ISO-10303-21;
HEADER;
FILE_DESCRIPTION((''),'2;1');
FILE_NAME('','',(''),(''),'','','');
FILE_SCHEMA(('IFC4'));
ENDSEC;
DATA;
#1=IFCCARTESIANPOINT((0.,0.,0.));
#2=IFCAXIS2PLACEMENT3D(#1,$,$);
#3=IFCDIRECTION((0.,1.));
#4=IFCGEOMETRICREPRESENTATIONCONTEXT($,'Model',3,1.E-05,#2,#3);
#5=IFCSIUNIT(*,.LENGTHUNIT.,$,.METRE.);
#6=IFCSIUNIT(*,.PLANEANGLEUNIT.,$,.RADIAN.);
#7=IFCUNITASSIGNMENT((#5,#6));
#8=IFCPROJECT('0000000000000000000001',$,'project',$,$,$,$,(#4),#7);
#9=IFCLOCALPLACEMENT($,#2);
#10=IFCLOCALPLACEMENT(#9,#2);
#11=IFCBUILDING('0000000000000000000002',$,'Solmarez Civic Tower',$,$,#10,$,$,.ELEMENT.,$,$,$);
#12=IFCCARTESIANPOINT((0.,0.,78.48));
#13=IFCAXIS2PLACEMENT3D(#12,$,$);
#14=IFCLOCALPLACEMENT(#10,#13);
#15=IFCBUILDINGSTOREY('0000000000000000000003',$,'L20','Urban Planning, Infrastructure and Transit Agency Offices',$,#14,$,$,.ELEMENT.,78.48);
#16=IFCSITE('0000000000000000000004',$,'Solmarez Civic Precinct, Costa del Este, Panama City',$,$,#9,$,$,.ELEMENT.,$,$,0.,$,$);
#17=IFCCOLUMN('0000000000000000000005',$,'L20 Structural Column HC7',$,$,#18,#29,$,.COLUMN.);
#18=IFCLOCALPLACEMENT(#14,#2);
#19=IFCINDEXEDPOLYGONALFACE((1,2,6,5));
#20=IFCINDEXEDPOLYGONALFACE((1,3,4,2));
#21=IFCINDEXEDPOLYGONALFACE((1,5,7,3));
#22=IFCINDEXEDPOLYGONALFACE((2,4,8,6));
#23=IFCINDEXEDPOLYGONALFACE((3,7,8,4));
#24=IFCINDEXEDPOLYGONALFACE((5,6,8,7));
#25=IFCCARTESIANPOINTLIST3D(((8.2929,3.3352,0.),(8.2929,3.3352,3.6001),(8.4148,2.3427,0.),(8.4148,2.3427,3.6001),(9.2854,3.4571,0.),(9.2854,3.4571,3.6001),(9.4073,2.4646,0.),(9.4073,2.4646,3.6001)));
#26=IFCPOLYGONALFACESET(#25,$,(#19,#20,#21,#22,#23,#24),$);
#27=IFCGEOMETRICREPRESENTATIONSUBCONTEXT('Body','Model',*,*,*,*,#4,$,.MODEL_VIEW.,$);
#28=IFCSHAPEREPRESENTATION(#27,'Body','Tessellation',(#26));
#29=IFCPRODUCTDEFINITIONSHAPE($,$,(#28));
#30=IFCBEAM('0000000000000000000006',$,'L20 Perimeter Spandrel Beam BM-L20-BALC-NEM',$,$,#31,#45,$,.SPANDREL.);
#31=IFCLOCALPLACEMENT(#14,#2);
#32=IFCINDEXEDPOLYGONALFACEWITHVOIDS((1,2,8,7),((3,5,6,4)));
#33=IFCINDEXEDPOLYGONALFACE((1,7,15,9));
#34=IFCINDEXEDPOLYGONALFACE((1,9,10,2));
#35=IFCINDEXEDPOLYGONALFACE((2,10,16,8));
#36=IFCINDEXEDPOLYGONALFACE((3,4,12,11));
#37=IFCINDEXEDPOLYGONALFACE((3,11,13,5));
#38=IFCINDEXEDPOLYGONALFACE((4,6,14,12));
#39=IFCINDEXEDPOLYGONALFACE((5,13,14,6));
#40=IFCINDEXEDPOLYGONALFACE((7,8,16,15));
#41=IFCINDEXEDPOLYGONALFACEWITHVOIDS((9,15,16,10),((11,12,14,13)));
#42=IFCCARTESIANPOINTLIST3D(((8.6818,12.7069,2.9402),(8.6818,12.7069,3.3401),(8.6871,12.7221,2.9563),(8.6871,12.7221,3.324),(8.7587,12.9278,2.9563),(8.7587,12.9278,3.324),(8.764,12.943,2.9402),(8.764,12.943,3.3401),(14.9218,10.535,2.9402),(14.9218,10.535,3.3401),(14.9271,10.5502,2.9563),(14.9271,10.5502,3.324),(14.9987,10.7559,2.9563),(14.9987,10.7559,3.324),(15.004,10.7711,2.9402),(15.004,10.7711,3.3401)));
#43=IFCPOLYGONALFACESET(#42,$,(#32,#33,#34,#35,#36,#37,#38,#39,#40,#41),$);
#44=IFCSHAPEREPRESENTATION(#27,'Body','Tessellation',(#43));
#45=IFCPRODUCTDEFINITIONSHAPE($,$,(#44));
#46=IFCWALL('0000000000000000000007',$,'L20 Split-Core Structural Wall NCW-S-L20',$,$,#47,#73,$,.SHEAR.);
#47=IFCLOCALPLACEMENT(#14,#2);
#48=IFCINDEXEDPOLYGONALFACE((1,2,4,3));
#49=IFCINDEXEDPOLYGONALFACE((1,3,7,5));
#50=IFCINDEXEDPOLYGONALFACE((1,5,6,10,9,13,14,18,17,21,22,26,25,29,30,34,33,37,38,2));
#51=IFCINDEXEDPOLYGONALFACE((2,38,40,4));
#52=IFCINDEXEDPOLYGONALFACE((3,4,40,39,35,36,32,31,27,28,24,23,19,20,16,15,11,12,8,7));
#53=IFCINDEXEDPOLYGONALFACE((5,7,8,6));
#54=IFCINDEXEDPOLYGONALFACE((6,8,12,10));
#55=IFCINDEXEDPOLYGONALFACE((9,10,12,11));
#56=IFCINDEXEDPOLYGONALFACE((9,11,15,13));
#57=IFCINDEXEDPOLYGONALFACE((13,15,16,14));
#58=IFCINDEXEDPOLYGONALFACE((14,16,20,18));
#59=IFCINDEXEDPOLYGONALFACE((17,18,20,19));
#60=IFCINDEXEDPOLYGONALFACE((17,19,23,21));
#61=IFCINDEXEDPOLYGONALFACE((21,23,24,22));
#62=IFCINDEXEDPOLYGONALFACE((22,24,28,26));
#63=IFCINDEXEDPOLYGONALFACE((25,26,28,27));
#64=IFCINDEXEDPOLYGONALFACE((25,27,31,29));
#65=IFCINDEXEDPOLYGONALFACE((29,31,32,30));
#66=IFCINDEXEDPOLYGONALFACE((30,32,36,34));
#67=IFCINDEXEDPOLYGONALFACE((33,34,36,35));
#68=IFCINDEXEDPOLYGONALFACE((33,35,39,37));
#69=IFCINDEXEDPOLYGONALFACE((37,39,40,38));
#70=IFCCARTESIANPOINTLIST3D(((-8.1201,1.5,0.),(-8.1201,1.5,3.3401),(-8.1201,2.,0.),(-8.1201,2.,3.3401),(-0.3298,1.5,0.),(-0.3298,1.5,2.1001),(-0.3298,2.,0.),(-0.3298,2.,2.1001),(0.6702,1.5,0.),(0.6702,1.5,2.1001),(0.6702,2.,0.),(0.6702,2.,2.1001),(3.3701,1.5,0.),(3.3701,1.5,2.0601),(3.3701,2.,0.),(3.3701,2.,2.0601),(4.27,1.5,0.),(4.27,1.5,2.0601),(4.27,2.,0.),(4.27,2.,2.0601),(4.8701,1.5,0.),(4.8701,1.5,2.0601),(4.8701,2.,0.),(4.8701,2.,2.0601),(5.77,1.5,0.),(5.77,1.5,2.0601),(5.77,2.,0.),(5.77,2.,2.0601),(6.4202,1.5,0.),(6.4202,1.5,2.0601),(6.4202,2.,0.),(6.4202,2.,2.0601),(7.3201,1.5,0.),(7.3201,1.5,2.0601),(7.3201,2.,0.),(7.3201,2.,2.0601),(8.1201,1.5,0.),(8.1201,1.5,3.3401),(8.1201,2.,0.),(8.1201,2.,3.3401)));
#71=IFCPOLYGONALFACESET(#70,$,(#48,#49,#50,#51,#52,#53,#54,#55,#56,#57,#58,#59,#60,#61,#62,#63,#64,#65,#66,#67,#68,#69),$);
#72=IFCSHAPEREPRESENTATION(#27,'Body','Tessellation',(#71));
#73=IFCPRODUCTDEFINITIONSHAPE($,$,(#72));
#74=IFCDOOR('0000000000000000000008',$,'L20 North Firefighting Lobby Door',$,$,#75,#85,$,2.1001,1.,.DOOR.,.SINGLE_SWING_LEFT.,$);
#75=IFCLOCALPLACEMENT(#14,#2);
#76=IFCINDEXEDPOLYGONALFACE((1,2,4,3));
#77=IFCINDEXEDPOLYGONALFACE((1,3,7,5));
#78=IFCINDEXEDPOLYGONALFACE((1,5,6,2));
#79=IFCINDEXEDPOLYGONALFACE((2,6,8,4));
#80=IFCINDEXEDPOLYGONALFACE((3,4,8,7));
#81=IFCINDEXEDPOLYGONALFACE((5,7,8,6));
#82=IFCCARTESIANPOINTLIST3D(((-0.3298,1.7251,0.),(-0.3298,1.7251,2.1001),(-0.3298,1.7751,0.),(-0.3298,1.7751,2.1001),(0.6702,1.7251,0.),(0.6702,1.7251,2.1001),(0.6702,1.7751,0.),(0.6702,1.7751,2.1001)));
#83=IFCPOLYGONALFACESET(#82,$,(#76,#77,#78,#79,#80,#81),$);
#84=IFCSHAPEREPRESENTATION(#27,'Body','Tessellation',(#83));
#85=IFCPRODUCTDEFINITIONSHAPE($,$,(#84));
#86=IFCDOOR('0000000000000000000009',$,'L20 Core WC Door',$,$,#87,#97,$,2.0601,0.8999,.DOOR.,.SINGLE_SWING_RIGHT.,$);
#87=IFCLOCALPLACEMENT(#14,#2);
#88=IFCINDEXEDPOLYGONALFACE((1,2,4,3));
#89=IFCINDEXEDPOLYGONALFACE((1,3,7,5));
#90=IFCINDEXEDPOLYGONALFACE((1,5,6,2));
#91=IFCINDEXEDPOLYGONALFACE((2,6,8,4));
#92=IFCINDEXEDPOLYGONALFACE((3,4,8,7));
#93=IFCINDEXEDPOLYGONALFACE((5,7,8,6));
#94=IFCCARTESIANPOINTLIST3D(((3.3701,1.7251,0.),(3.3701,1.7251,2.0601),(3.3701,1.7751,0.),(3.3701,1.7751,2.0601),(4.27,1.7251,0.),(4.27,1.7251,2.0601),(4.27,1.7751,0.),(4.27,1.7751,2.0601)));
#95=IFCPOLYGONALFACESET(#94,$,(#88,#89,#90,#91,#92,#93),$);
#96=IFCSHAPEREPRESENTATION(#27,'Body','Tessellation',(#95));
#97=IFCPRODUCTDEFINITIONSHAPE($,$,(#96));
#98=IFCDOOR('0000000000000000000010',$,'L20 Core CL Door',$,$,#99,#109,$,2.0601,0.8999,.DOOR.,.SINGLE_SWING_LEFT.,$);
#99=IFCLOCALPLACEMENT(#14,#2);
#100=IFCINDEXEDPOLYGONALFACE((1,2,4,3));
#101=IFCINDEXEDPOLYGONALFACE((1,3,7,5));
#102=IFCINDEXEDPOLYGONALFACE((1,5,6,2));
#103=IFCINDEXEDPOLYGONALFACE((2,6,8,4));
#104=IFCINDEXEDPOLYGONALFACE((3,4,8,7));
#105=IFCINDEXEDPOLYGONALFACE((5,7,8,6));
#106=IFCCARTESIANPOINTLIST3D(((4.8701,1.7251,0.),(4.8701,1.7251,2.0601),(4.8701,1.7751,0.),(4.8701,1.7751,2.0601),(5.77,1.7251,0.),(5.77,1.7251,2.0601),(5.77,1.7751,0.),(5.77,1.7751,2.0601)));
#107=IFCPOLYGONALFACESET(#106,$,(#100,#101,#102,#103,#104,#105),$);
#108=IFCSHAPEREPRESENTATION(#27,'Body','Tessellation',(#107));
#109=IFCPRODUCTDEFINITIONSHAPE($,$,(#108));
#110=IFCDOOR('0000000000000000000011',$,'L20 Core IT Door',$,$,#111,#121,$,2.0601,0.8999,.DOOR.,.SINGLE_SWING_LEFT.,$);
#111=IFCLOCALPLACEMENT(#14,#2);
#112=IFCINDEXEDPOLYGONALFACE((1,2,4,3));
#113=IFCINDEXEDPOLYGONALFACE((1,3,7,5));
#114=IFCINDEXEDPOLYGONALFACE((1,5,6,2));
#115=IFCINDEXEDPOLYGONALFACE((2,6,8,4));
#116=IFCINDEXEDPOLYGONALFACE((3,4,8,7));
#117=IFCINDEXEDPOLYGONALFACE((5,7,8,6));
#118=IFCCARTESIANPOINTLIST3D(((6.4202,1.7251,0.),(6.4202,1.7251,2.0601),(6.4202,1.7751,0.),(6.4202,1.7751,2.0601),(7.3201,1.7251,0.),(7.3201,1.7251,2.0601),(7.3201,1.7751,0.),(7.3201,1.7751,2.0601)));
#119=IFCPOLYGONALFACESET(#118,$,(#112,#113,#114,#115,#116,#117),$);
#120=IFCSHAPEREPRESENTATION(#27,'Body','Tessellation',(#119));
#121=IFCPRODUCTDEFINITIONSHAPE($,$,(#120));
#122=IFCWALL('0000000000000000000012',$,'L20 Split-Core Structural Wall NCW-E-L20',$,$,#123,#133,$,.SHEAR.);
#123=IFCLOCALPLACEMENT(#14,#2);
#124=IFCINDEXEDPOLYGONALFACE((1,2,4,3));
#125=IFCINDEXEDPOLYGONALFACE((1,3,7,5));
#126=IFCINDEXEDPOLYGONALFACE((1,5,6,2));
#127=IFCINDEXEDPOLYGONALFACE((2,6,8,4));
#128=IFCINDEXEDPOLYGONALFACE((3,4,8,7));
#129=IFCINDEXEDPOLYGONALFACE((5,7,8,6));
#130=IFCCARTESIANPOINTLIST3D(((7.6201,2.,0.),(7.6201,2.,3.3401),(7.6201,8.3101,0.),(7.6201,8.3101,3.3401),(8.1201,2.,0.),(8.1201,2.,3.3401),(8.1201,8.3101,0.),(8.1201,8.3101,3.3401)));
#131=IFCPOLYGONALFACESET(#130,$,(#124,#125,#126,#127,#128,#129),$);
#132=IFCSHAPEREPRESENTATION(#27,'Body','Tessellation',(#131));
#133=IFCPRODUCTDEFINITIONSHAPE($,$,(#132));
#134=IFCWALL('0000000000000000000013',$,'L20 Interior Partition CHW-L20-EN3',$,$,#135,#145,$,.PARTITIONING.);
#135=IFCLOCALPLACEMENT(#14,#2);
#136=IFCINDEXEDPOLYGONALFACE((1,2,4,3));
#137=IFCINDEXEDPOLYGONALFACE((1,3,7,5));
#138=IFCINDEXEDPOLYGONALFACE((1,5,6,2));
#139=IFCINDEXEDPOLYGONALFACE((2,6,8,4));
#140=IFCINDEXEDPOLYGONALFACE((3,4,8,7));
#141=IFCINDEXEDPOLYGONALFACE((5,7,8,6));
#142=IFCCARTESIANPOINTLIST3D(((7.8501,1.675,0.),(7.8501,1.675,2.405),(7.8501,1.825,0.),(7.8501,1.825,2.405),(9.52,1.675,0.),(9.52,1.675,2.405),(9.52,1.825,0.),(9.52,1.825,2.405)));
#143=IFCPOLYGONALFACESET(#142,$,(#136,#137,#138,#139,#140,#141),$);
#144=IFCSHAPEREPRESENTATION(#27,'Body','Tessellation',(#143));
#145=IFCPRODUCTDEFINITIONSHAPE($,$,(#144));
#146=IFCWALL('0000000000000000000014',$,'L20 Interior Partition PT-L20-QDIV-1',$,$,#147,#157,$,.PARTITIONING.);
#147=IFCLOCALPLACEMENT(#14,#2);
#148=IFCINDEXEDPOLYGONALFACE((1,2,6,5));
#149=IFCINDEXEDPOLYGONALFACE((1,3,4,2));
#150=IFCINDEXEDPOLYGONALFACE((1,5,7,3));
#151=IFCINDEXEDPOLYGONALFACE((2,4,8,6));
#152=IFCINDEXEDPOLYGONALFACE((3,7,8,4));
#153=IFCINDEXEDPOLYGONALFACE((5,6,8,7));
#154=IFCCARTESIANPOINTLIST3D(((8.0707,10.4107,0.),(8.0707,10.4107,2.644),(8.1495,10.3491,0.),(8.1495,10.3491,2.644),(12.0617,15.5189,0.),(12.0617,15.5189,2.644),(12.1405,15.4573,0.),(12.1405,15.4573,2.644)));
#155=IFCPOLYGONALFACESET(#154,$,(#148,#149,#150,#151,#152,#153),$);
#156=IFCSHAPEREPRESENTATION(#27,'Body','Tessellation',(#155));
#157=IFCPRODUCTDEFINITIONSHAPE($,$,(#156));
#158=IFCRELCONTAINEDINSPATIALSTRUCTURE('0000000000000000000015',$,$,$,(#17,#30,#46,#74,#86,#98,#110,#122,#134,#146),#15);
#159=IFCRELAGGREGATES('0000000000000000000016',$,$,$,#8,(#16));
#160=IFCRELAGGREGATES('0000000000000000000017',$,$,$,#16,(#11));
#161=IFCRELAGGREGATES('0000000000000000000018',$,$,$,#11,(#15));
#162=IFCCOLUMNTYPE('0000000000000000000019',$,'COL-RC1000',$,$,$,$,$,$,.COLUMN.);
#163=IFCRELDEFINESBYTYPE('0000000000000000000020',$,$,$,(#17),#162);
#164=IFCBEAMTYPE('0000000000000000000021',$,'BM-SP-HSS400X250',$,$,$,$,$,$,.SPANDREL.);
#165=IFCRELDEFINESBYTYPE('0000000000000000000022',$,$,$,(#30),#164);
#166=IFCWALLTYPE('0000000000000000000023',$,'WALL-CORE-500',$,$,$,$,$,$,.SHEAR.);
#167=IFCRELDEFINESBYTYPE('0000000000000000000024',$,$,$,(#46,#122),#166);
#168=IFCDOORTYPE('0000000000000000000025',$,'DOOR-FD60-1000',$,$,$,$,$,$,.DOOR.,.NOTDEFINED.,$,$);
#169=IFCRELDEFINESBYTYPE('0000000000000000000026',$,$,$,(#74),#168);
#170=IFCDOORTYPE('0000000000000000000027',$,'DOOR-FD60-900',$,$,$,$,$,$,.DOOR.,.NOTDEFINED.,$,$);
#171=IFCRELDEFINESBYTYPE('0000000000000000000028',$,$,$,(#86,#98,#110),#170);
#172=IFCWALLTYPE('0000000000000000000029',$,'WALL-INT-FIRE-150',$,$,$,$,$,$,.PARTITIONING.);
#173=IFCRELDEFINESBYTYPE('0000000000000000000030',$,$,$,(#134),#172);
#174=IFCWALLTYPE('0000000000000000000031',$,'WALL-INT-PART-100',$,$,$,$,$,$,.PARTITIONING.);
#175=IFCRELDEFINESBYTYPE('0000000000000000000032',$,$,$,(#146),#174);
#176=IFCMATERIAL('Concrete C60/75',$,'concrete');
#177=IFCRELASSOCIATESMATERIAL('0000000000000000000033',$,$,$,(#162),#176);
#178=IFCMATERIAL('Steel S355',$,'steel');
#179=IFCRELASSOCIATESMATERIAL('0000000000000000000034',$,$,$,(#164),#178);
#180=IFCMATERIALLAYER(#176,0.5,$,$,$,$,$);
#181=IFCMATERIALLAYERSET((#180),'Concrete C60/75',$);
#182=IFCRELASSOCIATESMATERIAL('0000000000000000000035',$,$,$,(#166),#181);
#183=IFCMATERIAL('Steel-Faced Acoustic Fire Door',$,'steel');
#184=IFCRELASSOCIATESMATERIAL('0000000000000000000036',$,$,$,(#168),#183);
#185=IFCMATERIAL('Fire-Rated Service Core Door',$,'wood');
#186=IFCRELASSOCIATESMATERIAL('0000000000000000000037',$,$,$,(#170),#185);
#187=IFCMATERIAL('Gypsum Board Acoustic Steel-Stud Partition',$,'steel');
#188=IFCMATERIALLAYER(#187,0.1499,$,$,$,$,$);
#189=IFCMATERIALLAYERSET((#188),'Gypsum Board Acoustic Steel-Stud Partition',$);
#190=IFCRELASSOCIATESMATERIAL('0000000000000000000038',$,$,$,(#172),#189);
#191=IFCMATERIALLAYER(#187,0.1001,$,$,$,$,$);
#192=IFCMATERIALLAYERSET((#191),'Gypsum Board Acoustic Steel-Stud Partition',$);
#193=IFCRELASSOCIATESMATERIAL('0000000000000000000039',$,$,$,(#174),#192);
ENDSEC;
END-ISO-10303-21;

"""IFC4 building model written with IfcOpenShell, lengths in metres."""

from ifc_helpers import new_model, si_unit, direction, frame, frame_2d, origin, origin_2d, place, context, subcontext, project, spatial, rectangle, hollow_rectangle, extrude, material, layer, layer_set, material_profile, profile_set, type_object, element, fill, save


model = new_model("IFC4")

# Units and contexts
model_context = context("Model", 3, precision=1e-05, world=origin(), true_north=direction((0.0, 1.0)))
body_context = subcontext(model_context, "Body", "Model", "MODEL_VIEW")
ifc_project = project(units=[si_unit("LENGTHUNIT", "METRE"), si_unit("PLANEANGLEUNIT", "RADIAN")], contexts=[model_context])

# Site, building, storey
site_placement = place(None, origin())
site = spatial("IfcSite", under=ifc_project, at=site_placement, Name="Solmarez Civic Precinct, Costa del Este, Panama City", CompositionType="ELEMENT", RefElevation=0.0)
building_placement = place(site_placement, origin())
building = spatial("IfcBuilding", under=site, at=building_placement, Name="Solmarez Civic Tower", CompositionType="ELEMENT")
storey_placement = place(building_placement, frame((0.0, 0.0, 78.48)))
storey = spatial("IfcBuildingStorey", under=building, at=storey_placement, Name="L20", Description="Urban Planning, Infrastructure and Transit Agency Offices", CompositionType="ELEMENT", Elevation=78.48)

# Column
ifc_material_1 = material(Name="Concrete C60/75", Category="concrete")
ifc_material_profile_1 = material_profile(ifc_material_1, rectangle(XDim=1.0, YDim=1.0, at=origin_2d()), Name="RC1000X1000")
ifc_profile_set_1 = profile_set([ifc_material_profile_1], Name="Concrete C60/75")
column_type = type_object("IfcColumnType", Name="COL-RC1000", PredefinedType="COLUMN", material=ifc_profile_set_1)
column_placement = place(storey_placement, frame((8.8501, 2.8999, 0.0), z_axis=(0.0, 0.0, 1.0), x_axis=(0.992546, 0.121869, 0.0)))
element("IfcColumn", 1, at=column_placement, inside=storey, type_object=column_type, Name="L20 Structural Column HC7", PredefinedType="COLUMN", context=body_context, shape_type="SweptSolid", body=[
    extrude(rectangle(XDim=1.0, YDim=1.0, at=origin_2d()), origin(), (0.0, 0.0, 1.0), 3.6001),
])

# Beam
ifc_material_2 = material(Name="Steel S355", Category="steel")
ifc_material_profile_2 = material_profile(ifc_material_2, hollow_rectangle(XDim=0.25, YDim=0.3999, WallThickness=0.0161, at=origin_2d()), Name="HSS400X250X16")
ifc_profile_set_2 = profile_set([ifc_material_profile_2], Name="Steel S355")
beam_type = type_object("IfcBeamType", Name="BM-SP-HSS400X250", PredefinedType="SPANDREL", material=ifc_profile_set_2)
beam_placement = place(storey_placement, frame((8.7229, 12.825, 3.1401), z_axis=(0.944429, -0.328716, 0.0), x_axis=(0.328716, 0.944429, 0.0)))
element("IfcBeam", 2, at=beam_placement, inside=storey, type_object=beam_type, Name="L20 Perimeter Spandrel Beam BM-L20-BALC-NEM", PredefinedType="SPANDREL", context=body_context, shape_type="SweptSolid", body=[
    extrude(hollow_rectangle(XDim=0.25, YDim=0.3999, WallThickness=0.0161, at=origin_2d()), origin(), (0.0, 0.0, 1.0), 6.6072),
])

# Wall, openings, doors
ifc_layer_1 = layer(ifc_material_1, 0.5)
ifc_layer_set_1 = layer_set([ifc_layer_1], Name="Concrete C60/75")
wall_type_1 = type_object("IfcWallType", Name="WALL-CORE-500", PredefinedType="SHEAR", material=ifc_layer_set_1)
wall_1_placement = place(storey_placement, frame((8.1201, 1.75, 0.0), z_axis=(0.0, 0.0, 1.0), x_axis=(-1.0, 0.0, 0.0)))
wall_1 = element("IfcWall", 3, at=wall_1_placement, inside=storey, type_object=wall_type_1, Name="L20 Split-Core Structural Wall NCW-S-L20", PredefinedType="SHEAR", context=body_context, shape_type="SweptSolid", body=[
    extrude(rectangle(XDim=16.2402, YDim=0.5, at=frame_2d((8.1201, 0.0))), origin(), (0.0, 0.0, 1.0), 3.3401),
])
opening_1_placement = place(wall_1_placement, frame((7.45, 0.0, 0.0)))
opening_1 = element("IfcOpeningElement", 4, at=opening_1_placement, cuts=wall_1, PredefinedType="OPENING", context=body_context, shape_type="SweptSolid", body=[
    extrude(rectangle(XDim=1.0, YDim=2.1001, at=frame_2d((0.5, 1.05))), frame((0.0, 0.26, 0.0), z_axis=(0.0, -1.0, 0.0), x_axis=(1.0, 0.0, 0.0)), (0.0, 0.0, 1.0), 0.52),
])
opening_2_placement = place(wall_1_placement, frame((3.8501, 0.0, 0.0)))
opening_2 = element("IfcOpeningElement", 5, at=opening_2_placement, cuts=wall_1, PredefinedType="OPENING", context=body_context, shape_type="SweptSolid", body=[
    extrude(rectangle(XDim=0.8999, YDim=2.0601, at=frame_2d((0.45, 1.03))), frame((0.0, 0.26, 0.0), z_axis=(0.0, -1.0, 0.0), x_axis=(1.0, 0.0, 0.0)), (0.0, 0.0, 1.0), 0.52),
])
opening_3_placement = place(wall_1_placement, frame((2.3501, 0.0, 0.0)))
opening_3 = element("IfcOpeningElement", 6, at=opening_3_placement, cuts=wall_1, PredefinedType="OPENING", context=body_context, shape_type="SweptSolid", body=[
    extrude(rectangle(XDim=0.8999, YDim=2.0601, at=frame_2d((0.45, 1.03))), frame((0.0, 0.26, 0.0), z_axis=(0.0, -1.0, 0.0), x_axis=(1.0, 0.0, 0.0)), (0.0, 0.0, 1.0), 0.52),
])
opening_4_placement = place(wall_1_placement, frame((0.8, 0.0, 0.0)))
opening_4 = element("IfcOpeningElement", 7, at=opening_4_placement, cuts=wall_1, PredefinedType="OPENING", context=body_context, shape_type="SweptSolid", body=[
    extrude(rectangle(XDim=0.8999, YDim=2.0601, at=frame_2d((0.45, 1.03))), frame((0.0, 0.26, 0.0), z_axis=(0.0, -1.0, 0.0), x_axis=(1.0, 0.0, 0.0)), (0.0, 0.0, 1.0), 0.52),
])
ifc_material_3 = material(Name="Steel-Faced Acoustic Fire Door", Category="steel")
door_type_1 = type_object("IfcDoorType", Name="DOOR-FD60-1000", OperationType="NOTDEFINED", PredefinedType="DOOR", material=ifc_material_3)
door_1_placement = place(opening_1_placement, origin())
door_1 = element("IfcDoor", 8, at=door_1_placement, inside=storey, type_object=door_type_1, Name="L20 North Firefighting Lobby Door", OperationType="SINGLE_SWING_LEFT", OverallHeight=2.1001, OverallWidth=1.0, PredefinedType="DOOR", context=body_context, shape_type="SweptSolid", body=[
    extrude(rectangle(XDim=1.0, YDim=2.1001, at=frame_2d((0.5, 1.05))), frame((0.0, 0.0249, 0.0), z_axis=(0.0, -1.0, 0.0), x_axis=(1.0, 0.0, 0.0)), (0.0, 0.0, 1.0), 0.05),
])
fill(opening_1, door_1)
ifc_material_4 = material(Name="Fire-Rated Service Core Door", Category="wood")
door_type_2 = type_object("IfcDoorType", Name="DOOR-FD60-900", OperationType="NOTDEFINED", PredefinedType="DOOR", material=ifc_material_4)
door_2_placement = place(opening_2_placement, origin())
door_2 = element("IfcDoor", 9, at=door_2_placement, inside=storey, type_object=door_type_2, Name="L20 Core WC Door", OperationType="SINGLE_SWING_RIGHT", OverallHeight=2.0601, OverallWidth=0.8999, PredefinedType="DOOR", context=body_context, shape_type="SweptSolid", body=[
    extrude(rectangle(XDim=0.8999, YDim=2.0601, at=frame_2d((0.45, 1.03))), frame((0.0, 0.0249, 0.0), z_axis=(0.0, -1.0, 0.0), x_axis=(1.0, 0.0, 0.0)), (0.0, 0.0, 1.0), 0.05),
])
fill(opening_2, door_2)
door_3_placement = place(opening_3_placement, origin())
door_3 = element("IfcDoor", 10, at=door_3_placement, inside=storey, type_object=door_type_2, Name="L20 Core CL Door", OperationType="SINGLE_SWING_LEFT", OverallHeight=2.0601, OverallWidth=0.8999, PredefinedType="DOOR", context=body_context, shape_type="SweptSolid", body=[
    extrude(rectangle(XDim=0.8999, YDim=2.0601, at=frame_2d((0.45, 1.03))), frame((0.0, 0.0249, 0.0), z_axis=(0.0, -1.0, 0.0), x_axis=(1.0, 0.0, 0.0)), (0.0, 0.0, 1.0), 0.05),
])
fill(opening_3, door_3)
door_4_placement = place(opening_4_placement, origin())
door_4 = element("IfcDoor", 11, at=door_4_placement, inside=storey, type_object=door_type_2, Name="L20 Core IT Door", OperationType="SINGLE_SWING_LEFT", OverallHeight=2.0601, OverallWidth=0.8999, PredefinedType="DOOR", context=body_context, shape_type="SweptSolid", body=[
    extrude(rectangle(XDim=0.8999, YDim=2.0601, at=frame_2d((0.45, 1.03))), frame((0.0, 0.0249, 0.0), z_axis=(0.0, -1.0, 0.0), x_axis=(1.0, 0.0, 0.0)), (0.0, 0.0, 1.0), 0.05),
])
fill(opening_4, door_4)

# Walls
wall_2_placement = place(storey_placement, frame((7.8701, 8.3101, 0.0), z_axis=(0.0, 0.0, 1.0), x_axis=(0.0, -1.0, 0.0)))
element("IfcWall", 12, at=wall_2_placement, inside=storey, type_object=wall_type_1, Name="L20 Split-Core Structural Wall NCW-E-L20", PredefinedType="SHEAR", context=body_context, shape_type="SweptSolid", body=[
    extrude(rectangle(XDim=6.3101, YDim=0.5, at=frame_2d((3.155, 0.0))), origin(), (0.0, 0.0, 1.0), 3.3401),
])
ifc_material_5 = material(Name="Gypsum Board Acoustic Steel-Stud Partition", Category="steel")
ifc_layer_2 = layer(ifc_material_5, 0.1499)
ifc_layer_set_2 = layer_set([ifc_layer_2], Name="Gypsum Board Acoustic Steel-Stud Partition")
wall_type_2 = type_object("IfcWallType", Name="WALL-INT-FIRE-150", PredefinedType="PARTITIONING", material=ifc_layer_set_2)
wall_3_placement = place(storey_placement, frame((7.8501, 1.75, 0.0), z_axis=(0.0, 0.0, 1.0), x_axis=(1.0, 0.0, 0.0)))
element("IfcWall", 13, at=wall_3_placement, inside=storey, type_object=wall_type_2, Name="L20 Interior Partition CHW-L20-EN3", PredefinedType="PARTITIONING", context=body_context, shape_type="SweptSolid", body=[
    extrude(rectangle(XDim=1.6699, YDim=0.1499, at=frame_2d((0.835, 0.0))), origin(), (0.0, 0.0, 1.0), 2.405),
])
ifc_layer_3 = layer(ifc_material_5, 0.1001)
ifc_layer_set_3 = layer_set([ifc_layer_3], Name="Gypsum Board Acoustic Steel-Stud Partition")
wall_type_3 = type_object("IfcWallType", Name="WALL-INT-PART-100", PredefinedType="PARTITIONING", material=ifc_layer_set_3)
wall_4_placement = place(storey_placement, frame((8.1101, 10.3799, 0.0), z_axis=(0.0, 0.0, 1.0), x_axis=(0.615665, 0.788008, 0.0)))
element("IfcWall", 14, at=wall_4_placement, inside=storey, type_object=wall_type_3, Name="L20 Interior Partition PT-L20-QDIV-1", PredefinedType="PARTITIONING", context=body_context, shape_type="SweptSolid", body=[
    extrude(rectangle(XDim=6.4824, YDim=0.1001, at=frame_2d((3.2412, 0.0))), origin(), (0.0, 0.0, 1.0), 2.644),
])

save(model, "model.ifc")
